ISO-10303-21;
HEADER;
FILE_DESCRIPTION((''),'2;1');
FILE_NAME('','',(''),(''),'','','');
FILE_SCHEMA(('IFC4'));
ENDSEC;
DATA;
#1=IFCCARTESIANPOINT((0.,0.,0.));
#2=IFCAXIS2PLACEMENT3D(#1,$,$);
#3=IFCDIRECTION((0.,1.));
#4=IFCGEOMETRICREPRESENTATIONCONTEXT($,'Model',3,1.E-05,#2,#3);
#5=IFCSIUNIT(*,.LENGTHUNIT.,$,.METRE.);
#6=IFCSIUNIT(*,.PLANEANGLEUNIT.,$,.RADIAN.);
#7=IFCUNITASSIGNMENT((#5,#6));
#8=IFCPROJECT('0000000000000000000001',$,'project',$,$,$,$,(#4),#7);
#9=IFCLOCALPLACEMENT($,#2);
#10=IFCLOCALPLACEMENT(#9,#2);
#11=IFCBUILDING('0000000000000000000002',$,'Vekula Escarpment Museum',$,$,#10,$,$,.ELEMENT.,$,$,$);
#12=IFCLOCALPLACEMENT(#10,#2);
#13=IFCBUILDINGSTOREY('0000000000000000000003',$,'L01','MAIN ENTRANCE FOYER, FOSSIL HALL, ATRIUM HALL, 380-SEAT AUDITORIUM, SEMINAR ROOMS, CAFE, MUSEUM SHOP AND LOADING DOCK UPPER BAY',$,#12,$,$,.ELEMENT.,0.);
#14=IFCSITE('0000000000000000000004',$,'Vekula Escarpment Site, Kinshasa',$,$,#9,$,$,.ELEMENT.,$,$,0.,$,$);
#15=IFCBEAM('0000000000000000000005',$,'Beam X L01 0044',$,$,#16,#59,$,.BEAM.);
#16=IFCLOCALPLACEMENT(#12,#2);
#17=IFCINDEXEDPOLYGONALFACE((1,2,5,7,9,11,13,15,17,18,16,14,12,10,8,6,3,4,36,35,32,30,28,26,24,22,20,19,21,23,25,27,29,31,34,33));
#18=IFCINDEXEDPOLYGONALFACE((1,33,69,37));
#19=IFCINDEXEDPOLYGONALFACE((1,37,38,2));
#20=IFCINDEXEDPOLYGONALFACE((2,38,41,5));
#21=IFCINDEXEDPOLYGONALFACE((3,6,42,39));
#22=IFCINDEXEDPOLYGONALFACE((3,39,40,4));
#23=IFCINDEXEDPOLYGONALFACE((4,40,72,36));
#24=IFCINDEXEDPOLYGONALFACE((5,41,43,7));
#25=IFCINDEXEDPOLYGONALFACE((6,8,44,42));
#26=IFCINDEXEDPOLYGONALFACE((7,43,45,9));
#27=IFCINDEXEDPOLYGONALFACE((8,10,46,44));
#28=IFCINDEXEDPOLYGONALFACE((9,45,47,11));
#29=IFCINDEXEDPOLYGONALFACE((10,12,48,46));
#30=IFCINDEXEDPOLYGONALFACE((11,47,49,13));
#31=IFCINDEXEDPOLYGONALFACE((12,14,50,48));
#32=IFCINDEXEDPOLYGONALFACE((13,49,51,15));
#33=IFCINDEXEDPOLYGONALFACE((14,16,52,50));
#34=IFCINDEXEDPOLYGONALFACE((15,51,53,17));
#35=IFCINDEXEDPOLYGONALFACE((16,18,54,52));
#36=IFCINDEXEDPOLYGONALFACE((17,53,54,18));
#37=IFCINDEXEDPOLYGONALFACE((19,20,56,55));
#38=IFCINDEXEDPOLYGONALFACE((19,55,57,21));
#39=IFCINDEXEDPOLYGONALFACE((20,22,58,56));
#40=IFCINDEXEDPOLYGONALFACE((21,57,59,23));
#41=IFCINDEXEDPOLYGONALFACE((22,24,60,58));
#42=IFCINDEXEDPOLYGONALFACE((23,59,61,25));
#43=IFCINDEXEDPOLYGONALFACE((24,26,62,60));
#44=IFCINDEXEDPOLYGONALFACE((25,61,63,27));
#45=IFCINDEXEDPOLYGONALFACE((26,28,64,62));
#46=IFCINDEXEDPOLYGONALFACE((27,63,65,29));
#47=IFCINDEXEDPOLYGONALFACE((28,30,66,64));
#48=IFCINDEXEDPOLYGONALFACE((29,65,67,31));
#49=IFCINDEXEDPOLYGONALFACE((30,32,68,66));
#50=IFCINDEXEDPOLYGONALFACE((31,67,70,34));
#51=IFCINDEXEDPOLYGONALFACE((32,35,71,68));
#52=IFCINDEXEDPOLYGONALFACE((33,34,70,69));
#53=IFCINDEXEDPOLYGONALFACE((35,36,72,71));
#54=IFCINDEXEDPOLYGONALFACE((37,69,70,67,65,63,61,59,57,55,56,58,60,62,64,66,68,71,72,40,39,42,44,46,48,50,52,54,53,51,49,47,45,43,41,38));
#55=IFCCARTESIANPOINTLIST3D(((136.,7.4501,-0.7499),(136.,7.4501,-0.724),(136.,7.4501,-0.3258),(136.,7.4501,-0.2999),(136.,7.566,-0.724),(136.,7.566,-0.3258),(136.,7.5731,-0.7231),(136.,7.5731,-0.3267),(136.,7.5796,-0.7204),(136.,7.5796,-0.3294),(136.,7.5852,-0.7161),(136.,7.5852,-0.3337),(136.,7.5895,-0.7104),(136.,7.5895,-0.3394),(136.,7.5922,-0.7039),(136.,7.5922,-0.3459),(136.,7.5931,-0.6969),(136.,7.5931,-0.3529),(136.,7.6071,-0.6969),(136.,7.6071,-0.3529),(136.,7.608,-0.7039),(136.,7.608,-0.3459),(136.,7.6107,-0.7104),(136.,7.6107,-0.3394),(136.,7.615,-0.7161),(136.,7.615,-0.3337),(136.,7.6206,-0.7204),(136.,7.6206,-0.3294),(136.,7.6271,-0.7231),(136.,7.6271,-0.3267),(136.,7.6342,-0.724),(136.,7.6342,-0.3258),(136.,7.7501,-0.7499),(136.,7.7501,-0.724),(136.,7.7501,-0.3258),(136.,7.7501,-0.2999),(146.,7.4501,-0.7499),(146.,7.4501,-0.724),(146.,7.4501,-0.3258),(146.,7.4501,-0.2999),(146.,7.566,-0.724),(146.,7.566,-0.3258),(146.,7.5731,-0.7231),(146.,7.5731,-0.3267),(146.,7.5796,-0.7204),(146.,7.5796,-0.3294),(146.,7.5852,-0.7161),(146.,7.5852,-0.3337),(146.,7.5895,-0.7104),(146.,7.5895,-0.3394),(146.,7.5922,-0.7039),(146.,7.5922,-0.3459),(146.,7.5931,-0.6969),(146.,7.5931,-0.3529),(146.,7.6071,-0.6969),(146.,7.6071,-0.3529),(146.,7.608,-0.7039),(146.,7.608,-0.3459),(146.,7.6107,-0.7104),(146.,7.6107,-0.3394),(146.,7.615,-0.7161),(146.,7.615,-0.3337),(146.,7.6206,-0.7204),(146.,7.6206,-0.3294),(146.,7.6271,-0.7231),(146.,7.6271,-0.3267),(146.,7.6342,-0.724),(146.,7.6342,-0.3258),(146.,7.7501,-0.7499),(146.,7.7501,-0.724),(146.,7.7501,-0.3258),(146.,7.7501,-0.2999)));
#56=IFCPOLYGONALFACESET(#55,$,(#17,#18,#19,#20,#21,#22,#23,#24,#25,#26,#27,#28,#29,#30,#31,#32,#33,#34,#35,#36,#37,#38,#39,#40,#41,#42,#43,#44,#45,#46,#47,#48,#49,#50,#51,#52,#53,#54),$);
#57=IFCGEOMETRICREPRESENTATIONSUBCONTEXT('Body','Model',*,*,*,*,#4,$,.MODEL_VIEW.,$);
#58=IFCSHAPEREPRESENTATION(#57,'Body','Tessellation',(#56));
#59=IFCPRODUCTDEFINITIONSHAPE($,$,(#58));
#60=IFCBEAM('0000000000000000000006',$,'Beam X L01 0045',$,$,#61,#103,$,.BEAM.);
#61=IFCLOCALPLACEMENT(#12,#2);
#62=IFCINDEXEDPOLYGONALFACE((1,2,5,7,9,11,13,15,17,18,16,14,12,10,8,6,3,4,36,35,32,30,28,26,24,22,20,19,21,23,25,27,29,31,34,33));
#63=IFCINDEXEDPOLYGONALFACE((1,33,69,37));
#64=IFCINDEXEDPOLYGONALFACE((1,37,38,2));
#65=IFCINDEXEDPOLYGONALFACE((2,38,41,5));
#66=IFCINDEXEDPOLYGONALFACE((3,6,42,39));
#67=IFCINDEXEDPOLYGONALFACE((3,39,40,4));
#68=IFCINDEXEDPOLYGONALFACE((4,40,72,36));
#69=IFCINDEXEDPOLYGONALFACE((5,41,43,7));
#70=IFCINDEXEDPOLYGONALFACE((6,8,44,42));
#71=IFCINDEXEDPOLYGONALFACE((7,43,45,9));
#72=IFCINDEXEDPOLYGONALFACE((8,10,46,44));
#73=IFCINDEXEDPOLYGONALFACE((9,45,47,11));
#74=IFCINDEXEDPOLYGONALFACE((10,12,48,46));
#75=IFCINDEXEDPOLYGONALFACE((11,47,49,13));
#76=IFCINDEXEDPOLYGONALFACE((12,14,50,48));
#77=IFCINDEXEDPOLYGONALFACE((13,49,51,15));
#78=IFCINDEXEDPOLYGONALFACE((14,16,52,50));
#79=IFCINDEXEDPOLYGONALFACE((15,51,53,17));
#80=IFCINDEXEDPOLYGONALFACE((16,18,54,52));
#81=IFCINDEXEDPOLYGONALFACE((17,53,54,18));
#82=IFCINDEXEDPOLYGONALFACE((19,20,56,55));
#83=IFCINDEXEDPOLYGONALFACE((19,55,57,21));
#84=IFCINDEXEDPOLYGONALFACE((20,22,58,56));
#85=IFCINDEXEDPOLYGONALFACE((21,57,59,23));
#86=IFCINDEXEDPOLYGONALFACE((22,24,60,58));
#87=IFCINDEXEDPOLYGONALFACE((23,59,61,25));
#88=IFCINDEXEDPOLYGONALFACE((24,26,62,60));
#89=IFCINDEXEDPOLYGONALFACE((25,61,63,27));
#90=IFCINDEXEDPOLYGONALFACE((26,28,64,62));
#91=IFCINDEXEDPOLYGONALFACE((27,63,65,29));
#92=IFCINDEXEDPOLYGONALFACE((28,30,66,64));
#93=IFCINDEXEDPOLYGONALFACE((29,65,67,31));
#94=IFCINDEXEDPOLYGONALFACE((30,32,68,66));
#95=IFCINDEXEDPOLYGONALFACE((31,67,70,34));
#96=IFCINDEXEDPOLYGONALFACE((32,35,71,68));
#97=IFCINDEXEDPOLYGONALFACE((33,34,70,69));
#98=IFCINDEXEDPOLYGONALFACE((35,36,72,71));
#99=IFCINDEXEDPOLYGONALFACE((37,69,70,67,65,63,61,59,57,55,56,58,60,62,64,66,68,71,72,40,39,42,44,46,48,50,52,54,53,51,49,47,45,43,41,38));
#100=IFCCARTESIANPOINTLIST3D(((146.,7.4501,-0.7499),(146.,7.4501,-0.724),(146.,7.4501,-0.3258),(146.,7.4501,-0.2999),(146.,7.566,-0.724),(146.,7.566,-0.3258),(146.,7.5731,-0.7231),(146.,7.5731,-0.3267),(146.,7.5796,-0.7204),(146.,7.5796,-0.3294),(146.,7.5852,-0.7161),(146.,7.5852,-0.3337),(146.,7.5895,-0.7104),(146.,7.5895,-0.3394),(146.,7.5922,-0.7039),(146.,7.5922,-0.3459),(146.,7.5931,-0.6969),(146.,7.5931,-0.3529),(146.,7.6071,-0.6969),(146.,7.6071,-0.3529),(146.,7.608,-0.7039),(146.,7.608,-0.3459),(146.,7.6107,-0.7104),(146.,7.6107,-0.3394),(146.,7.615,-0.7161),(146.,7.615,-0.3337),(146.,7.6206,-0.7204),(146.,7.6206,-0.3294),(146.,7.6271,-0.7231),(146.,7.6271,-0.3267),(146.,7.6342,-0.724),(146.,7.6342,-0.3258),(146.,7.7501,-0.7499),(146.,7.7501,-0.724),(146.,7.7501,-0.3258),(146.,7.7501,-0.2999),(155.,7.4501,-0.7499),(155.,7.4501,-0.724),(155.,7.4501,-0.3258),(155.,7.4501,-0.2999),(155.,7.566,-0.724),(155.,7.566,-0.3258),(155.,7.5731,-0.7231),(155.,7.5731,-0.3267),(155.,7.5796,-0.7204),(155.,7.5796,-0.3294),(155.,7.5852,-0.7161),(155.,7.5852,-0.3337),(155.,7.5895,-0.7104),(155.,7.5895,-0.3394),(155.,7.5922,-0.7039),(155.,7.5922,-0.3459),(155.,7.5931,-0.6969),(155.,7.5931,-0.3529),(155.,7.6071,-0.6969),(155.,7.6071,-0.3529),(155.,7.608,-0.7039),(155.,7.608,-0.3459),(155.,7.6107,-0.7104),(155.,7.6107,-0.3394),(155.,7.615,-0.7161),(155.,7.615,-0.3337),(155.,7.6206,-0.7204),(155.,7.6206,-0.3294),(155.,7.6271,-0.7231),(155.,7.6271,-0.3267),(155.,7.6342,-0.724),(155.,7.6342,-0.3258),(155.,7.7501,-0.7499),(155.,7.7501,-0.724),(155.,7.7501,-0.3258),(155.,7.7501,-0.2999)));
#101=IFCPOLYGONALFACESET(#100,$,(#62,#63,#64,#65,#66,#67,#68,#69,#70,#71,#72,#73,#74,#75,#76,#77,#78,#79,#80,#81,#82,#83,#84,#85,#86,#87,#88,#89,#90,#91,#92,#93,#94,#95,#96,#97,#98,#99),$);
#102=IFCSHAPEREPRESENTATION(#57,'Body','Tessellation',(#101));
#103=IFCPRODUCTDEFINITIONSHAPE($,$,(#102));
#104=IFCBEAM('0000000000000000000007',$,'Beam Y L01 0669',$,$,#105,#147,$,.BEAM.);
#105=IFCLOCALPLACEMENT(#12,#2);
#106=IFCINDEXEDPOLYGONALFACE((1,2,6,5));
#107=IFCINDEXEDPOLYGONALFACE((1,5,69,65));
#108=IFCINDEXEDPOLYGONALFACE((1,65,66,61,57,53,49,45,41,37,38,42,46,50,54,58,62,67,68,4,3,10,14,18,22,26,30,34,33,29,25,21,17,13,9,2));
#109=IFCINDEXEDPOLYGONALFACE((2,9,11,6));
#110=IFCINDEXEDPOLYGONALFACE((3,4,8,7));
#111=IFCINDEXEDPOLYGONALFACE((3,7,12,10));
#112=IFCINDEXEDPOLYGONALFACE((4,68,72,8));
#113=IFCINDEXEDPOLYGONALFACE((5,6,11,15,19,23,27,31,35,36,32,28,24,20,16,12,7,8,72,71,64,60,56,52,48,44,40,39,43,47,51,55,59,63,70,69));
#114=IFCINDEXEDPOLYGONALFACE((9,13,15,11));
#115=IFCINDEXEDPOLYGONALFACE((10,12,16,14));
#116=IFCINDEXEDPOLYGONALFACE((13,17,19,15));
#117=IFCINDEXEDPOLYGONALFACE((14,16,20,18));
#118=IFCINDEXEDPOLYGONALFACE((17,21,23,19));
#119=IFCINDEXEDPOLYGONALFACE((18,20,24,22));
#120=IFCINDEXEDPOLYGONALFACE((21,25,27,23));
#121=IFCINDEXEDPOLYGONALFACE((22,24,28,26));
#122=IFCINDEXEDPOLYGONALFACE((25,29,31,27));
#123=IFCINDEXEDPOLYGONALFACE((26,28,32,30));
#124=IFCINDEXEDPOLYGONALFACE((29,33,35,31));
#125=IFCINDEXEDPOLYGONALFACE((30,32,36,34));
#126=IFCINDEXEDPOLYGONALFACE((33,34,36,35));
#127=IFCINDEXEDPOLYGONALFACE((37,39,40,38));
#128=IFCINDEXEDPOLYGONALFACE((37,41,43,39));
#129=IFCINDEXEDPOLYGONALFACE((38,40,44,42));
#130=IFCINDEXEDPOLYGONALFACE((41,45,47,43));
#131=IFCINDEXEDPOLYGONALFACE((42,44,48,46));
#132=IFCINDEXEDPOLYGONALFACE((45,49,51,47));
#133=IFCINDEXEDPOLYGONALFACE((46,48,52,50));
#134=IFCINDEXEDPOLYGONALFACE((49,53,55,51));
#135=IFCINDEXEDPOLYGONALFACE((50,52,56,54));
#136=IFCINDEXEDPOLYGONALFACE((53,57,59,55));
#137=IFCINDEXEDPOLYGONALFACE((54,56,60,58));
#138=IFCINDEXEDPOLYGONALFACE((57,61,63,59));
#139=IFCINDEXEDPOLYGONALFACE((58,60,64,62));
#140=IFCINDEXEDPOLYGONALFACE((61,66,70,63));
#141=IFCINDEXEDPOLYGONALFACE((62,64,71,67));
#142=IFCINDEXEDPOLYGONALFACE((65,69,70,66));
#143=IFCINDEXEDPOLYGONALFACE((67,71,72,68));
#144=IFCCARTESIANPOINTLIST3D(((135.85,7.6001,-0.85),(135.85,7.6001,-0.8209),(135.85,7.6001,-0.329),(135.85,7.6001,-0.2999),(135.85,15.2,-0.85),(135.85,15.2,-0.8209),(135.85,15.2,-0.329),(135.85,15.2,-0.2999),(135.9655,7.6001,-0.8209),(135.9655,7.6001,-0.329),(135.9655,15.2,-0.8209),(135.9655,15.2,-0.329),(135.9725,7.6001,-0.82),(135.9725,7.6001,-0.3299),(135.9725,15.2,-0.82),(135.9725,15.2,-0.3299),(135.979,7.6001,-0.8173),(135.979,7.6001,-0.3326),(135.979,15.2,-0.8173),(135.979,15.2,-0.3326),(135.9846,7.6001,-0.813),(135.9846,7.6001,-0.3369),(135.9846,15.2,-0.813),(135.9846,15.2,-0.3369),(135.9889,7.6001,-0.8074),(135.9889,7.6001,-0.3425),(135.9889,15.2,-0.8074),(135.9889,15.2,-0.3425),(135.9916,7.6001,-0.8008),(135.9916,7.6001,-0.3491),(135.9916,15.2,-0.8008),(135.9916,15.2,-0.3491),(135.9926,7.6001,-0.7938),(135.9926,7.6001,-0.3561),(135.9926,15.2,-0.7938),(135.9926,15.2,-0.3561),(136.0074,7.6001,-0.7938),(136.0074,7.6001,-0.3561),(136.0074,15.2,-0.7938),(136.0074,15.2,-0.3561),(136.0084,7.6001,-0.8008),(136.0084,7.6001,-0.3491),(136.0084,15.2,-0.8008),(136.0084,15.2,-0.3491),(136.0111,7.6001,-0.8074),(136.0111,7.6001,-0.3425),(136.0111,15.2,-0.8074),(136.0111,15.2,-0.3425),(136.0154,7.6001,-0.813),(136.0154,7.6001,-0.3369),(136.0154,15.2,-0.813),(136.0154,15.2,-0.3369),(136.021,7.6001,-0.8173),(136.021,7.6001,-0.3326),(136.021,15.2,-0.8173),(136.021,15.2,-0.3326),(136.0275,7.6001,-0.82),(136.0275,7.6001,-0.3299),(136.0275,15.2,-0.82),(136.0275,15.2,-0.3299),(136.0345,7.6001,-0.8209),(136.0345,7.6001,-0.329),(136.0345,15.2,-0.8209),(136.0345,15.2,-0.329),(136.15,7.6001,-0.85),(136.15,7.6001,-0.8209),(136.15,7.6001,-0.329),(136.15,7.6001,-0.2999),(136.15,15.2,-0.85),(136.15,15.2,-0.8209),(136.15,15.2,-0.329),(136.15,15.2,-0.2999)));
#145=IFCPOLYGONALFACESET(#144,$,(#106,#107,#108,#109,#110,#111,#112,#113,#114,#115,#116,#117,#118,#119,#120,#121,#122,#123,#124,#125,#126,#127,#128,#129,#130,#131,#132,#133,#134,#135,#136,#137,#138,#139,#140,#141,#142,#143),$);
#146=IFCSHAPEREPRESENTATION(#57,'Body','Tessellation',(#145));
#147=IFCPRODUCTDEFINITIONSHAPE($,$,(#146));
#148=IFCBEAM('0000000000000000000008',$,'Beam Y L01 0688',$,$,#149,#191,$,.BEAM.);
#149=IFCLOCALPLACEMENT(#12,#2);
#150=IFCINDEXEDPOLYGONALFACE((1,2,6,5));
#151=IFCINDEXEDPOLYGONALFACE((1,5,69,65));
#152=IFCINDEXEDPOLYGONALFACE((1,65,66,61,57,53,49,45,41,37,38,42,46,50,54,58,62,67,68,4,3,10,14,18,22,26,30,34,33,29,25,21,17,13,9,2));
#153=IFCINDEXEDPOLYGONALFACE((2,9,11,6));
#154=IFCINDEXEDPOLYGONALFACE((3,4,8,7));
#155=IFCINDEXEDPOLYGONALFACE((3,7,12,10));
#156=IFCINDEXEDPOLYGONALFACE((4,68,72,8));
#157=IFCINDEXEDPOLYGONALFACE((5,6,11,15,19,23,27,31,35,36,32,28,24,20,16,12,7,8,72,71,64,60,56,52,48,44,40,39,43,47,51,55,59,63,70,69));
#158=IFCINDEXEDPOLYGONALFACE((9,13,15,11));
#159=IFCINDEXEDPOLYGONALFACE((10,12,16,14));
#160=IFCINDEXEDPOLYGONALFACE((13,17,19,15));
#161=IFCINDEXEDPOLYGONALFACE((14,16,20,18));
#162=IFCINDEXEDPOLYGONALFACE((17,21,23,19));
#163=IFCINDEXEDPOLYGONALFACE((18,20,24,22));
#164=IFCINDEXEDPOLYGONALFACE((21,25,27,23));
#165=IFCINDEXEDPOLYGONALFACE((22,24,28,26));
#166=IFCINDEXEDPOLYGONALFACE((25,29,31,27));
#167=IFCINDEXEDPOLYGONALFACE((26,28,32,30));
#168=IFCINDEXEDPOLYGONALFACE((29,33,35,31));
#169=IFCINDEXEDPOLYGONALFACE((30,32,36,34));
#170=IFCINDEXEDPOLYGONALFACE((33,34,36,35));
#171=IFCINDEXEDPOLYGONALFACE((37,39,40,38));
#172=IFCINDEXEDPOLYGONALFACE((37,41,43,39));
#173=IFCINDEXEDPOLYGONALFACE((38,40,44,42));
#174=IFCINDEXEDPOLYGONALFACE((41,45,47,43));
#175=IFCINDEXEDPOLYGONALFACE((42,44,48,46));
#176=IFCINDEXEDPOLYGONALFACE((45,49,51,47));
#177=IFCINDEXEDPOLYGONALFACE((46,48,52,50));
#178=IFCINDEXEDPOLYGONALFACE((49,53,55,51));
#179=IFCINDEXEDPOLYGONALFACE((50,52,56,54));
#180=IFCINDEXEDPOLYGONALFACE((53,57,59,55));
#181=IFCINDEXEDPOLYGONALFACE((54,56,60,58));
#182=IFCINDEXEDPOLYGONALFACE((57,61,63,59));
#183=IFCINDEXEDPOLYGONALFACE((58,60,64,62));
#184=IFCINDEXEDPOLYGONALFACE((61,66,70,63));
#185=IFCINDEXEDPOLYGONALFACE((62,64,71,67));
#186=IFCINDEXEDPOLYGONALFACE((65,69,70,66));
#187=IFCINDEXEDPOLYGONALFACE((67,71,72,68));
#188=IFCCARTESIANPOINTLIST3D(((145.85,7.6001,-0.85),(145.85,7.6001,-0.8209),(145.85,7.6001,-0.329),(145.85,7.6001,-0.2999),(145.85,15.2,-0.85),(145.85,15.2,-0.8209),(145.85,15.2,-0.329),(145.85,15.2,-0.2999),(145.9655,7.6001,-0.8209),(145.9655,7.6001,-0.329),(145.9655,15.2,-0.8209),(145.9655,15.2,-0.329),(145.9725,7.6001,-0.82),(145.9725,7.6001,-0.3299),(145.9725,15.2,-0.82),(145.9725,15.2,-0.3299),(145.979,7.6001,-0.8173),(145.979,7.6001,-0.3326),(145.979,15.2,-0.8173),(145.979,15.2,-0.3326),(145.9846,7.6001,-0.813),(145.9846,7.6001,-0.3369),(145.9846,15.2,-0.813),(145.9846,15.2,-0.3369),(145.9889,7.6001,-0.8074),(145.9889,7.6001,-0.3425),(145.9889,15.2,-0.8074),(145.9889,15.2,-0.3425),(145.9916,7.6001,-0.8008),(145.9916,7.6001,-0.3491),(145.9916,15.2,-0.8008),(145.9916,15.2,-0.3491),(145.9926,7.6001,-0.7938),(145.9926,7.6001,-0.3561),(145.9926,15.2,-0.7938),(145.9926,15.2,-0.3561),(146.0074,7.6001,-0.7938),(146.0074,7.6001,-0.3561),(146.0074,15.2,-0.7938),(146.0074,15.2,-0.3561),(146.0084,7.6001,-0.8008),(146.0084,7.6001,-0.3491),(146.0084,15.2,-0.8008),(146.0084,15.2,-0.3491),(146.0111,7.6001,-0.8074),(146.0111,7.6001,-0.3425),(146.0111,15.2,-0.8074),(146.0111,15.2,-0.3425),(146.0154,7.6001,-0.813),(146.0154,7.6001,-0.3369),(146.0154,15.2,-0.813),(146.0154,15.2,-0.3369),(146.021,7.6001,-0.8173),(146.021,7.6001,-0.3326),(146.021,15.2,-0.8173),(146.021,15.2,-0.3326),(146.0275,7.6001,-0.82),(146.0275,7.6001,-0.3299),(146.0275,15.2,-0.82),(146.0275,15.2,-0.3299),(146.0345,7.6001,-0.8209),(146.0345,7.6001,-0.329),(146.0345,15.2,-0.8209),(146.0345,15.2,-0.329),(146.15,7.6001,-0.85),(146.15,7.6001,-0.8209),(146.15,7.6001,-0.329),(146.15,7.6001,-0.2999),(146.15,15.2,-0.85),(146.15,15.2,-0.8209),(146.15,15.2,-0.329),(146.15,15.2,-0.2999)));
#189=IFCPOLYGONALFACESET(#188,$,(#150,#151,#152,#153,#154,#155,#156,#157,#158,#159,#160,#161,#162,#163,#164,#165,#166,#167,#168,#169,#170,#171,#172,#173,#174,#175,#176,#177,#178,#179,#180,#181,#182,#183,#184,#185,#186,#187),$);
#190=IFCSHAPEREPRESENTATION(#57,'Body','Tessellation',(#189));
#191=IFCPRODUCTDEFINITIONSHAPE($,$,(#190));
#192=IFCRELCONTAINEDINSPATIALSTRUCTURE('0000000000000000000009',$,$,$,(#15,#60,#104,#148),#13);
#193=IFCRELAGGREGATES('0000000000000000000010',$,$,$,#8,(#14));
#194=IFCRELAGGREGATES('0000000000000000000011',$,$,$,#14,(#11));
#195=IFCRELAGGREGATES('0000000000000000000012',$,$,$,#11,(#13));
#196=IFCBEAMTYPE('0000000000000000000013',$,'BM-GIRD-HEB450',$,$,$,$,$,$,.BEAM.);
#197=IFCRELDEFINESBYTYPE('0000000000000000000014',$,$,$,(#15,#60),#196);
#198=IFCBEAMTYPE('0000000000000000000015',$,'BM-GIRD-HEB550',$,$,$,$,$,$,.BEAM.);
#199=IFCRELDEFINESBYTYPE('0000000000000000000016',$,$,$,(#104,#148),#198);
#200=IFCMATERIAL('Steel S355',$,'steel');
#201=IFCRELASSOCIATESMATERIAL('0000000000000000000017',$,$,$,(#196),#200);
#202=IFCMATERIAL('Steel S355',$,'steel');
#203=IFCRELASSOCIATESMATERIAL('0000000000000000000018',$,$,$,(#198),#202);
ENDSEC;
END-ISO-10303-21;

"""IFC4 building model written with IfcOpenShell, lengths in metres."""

from ifc_helpers import new_model, si_unit, direction, frame, origin, origin_2d, place, context, subcontext, project, spatial, i_section, extrude, material, material_profile, profile_set, type_object, element, save


model = new_model("IFC4")

# Units and contexts
model_context = context("Model", 3, precision=1e-05, world=origin(), true_north=direction((0.0, 1.0)))
body_context = subcontext(model_context, "Body", "Model", "MODEL_VIEW")
ifc_project = project(units=[si_unit("LENGTHUNIT", "METRE"), si_unit("PLANEANGLEUNIT", "RADIAN")], contexts=[model_context])

# Site, building, storey
site_placement = place(None, origin())
site = spatial("IfcSite", under=ifc_project, at=site_placement, Name="Vekula Escarpment Site, Kinshasa", CompositionType="ELEMENT", RefElevation=0.0)
building_placement = place(site_placement, origin())
building = spatial("IfcBuilding", under=site, at=building_placement, Name="Vekula Escarpment Museum", CompositionType="ELEMENT")
storey_placement = place(building_placement, origin())
storey = spatial("IfcBuildingStorey", under=building, at=storey_placement, Name="L01", Description="MAIN ENTRANCE FOYER, FOSSIL HALL, ATRIUM HALL, 380-SEAT AUDITORIUM, SEMINAR ROOMS, CAFE, MUSEUM SHOP AND LOADING DOCK UPPER BAY", CompositionType="ELEMENT", Elevation=0.0)

# Beams
ifc_material_1 = material(Name="Steel S355", Category="steel")
ifc_material_profile_1 = material_profile(ifc_material_1, i_section(OverallWidth=0.3, OverallDepth=0.45, WebThickness=0.0139, FlangeThickness=0.0259, FilletRadius=0.0271, at=origin_2d()), Name="HEB 450")
ifc_profile_set_1 = profile_set([ifc_material_profile_1], Name="Steel S355")
beam_type_1 = type_object("IfcBeamType", Name="BM-GIRD-HEB450", PredefinedType="BEAM", material=ifc_profile_set_1)
beam_1_placement = place(storey_placement, frame((136.0, 7.6001, -0.5249), z_axis=(1.0, 0.0, 0.0), x_axis=(0.0, 1.0, 0.0)))
element("IfcBeam", 1, at=beam_1_placement, inside=storey, type_object=beam_type_1, Name="Beam X L01 0044", PredefinedType="BEAM", context=body_context, shape_type="SweptSolid", body=[
    extrude(i_section(OverallWidth=0.3, OverallDepth=0.45, WebThickness=0.0139, FlangeThickness=0.0259, FilletRadius=0.0271, at=origin_2d()), origin(), (0.0, 0.0, 1.0), 10.0),
])
beam_2_placement = place(storey_placement, frame((146.0, 7.6001, -0.5249), z_axis=(1.0, 0.0, 0.0), x_axis=(0.0, 1.0, 0.0)))
element("IfcBeam", 2, at=beam_2_placement, inside=storey, type_object=beam_type_1, Name="Beam X L01 0045", PredefinedType="BEAM", context=body_context, shape_type="SweptSolid", body=[
    extrude(i_section(OverallWidth=0.3, OverallDepth=0.45, WebThickness=0.0139, FlangeThickness=0.0259, FilletRadius=0.0271, at=origin_2d()), origin(), (0.0, 0.0, 1.0), 9.0),
])
ifc_material_2 = material(Name="Steel S355", Category="steel")
ifc_material_profile_2 = material_profile(ifc_material_2, i_section(OverallWidth=0.3, OverallDepth=0.55, WebThickness=0.0149, FlangeThickness=0.0291, FilletRadius=0.0271, at=origin_2d()), Name="HEB 550")
ifc_profile_set_2 = profile_set([ifc_material_profile_2], Name="Steel S355")
beam_type_2 = type_object("IfcBeamType", Name="BM-GIRD-HEB550", PredefinedType="BEAM", material=ifc_profile_set_2)
for number, where, z_axis, x_axis, name in (
    (3, (136.0, 7.6001, -0.575), (0.0, 1.0, 0.0), (-1.0, 0.0, 0.0), "Beam Y L01 0669"),
    (4, (146.0, 7.6001, -0.575), (0.0, 1.0, 0.0), (-1.0, 0.0, 0.0), "Beam Y L01 0688"),
):
    element("IfcBeam", number, at=place(storey_placement, frame(where, z_axis=z_axis, x_axis=x_axis)), inside=storey, type_object=beam_type_2, Name=name, PredefinedType="BEAM", context=body_context, shape_type="SweptSolid", body=[
        extrude(i_section(OverallWidth=0.3, OverallDepth=0.55, WebThickness=0.0149, FlangeThickness=0.0291, FilletRadius=0.0271, at=origin_2d()), origin(), (0.0, 0.0, 1.0), 7.5999),
    ])

save(model, "model.ifc")
